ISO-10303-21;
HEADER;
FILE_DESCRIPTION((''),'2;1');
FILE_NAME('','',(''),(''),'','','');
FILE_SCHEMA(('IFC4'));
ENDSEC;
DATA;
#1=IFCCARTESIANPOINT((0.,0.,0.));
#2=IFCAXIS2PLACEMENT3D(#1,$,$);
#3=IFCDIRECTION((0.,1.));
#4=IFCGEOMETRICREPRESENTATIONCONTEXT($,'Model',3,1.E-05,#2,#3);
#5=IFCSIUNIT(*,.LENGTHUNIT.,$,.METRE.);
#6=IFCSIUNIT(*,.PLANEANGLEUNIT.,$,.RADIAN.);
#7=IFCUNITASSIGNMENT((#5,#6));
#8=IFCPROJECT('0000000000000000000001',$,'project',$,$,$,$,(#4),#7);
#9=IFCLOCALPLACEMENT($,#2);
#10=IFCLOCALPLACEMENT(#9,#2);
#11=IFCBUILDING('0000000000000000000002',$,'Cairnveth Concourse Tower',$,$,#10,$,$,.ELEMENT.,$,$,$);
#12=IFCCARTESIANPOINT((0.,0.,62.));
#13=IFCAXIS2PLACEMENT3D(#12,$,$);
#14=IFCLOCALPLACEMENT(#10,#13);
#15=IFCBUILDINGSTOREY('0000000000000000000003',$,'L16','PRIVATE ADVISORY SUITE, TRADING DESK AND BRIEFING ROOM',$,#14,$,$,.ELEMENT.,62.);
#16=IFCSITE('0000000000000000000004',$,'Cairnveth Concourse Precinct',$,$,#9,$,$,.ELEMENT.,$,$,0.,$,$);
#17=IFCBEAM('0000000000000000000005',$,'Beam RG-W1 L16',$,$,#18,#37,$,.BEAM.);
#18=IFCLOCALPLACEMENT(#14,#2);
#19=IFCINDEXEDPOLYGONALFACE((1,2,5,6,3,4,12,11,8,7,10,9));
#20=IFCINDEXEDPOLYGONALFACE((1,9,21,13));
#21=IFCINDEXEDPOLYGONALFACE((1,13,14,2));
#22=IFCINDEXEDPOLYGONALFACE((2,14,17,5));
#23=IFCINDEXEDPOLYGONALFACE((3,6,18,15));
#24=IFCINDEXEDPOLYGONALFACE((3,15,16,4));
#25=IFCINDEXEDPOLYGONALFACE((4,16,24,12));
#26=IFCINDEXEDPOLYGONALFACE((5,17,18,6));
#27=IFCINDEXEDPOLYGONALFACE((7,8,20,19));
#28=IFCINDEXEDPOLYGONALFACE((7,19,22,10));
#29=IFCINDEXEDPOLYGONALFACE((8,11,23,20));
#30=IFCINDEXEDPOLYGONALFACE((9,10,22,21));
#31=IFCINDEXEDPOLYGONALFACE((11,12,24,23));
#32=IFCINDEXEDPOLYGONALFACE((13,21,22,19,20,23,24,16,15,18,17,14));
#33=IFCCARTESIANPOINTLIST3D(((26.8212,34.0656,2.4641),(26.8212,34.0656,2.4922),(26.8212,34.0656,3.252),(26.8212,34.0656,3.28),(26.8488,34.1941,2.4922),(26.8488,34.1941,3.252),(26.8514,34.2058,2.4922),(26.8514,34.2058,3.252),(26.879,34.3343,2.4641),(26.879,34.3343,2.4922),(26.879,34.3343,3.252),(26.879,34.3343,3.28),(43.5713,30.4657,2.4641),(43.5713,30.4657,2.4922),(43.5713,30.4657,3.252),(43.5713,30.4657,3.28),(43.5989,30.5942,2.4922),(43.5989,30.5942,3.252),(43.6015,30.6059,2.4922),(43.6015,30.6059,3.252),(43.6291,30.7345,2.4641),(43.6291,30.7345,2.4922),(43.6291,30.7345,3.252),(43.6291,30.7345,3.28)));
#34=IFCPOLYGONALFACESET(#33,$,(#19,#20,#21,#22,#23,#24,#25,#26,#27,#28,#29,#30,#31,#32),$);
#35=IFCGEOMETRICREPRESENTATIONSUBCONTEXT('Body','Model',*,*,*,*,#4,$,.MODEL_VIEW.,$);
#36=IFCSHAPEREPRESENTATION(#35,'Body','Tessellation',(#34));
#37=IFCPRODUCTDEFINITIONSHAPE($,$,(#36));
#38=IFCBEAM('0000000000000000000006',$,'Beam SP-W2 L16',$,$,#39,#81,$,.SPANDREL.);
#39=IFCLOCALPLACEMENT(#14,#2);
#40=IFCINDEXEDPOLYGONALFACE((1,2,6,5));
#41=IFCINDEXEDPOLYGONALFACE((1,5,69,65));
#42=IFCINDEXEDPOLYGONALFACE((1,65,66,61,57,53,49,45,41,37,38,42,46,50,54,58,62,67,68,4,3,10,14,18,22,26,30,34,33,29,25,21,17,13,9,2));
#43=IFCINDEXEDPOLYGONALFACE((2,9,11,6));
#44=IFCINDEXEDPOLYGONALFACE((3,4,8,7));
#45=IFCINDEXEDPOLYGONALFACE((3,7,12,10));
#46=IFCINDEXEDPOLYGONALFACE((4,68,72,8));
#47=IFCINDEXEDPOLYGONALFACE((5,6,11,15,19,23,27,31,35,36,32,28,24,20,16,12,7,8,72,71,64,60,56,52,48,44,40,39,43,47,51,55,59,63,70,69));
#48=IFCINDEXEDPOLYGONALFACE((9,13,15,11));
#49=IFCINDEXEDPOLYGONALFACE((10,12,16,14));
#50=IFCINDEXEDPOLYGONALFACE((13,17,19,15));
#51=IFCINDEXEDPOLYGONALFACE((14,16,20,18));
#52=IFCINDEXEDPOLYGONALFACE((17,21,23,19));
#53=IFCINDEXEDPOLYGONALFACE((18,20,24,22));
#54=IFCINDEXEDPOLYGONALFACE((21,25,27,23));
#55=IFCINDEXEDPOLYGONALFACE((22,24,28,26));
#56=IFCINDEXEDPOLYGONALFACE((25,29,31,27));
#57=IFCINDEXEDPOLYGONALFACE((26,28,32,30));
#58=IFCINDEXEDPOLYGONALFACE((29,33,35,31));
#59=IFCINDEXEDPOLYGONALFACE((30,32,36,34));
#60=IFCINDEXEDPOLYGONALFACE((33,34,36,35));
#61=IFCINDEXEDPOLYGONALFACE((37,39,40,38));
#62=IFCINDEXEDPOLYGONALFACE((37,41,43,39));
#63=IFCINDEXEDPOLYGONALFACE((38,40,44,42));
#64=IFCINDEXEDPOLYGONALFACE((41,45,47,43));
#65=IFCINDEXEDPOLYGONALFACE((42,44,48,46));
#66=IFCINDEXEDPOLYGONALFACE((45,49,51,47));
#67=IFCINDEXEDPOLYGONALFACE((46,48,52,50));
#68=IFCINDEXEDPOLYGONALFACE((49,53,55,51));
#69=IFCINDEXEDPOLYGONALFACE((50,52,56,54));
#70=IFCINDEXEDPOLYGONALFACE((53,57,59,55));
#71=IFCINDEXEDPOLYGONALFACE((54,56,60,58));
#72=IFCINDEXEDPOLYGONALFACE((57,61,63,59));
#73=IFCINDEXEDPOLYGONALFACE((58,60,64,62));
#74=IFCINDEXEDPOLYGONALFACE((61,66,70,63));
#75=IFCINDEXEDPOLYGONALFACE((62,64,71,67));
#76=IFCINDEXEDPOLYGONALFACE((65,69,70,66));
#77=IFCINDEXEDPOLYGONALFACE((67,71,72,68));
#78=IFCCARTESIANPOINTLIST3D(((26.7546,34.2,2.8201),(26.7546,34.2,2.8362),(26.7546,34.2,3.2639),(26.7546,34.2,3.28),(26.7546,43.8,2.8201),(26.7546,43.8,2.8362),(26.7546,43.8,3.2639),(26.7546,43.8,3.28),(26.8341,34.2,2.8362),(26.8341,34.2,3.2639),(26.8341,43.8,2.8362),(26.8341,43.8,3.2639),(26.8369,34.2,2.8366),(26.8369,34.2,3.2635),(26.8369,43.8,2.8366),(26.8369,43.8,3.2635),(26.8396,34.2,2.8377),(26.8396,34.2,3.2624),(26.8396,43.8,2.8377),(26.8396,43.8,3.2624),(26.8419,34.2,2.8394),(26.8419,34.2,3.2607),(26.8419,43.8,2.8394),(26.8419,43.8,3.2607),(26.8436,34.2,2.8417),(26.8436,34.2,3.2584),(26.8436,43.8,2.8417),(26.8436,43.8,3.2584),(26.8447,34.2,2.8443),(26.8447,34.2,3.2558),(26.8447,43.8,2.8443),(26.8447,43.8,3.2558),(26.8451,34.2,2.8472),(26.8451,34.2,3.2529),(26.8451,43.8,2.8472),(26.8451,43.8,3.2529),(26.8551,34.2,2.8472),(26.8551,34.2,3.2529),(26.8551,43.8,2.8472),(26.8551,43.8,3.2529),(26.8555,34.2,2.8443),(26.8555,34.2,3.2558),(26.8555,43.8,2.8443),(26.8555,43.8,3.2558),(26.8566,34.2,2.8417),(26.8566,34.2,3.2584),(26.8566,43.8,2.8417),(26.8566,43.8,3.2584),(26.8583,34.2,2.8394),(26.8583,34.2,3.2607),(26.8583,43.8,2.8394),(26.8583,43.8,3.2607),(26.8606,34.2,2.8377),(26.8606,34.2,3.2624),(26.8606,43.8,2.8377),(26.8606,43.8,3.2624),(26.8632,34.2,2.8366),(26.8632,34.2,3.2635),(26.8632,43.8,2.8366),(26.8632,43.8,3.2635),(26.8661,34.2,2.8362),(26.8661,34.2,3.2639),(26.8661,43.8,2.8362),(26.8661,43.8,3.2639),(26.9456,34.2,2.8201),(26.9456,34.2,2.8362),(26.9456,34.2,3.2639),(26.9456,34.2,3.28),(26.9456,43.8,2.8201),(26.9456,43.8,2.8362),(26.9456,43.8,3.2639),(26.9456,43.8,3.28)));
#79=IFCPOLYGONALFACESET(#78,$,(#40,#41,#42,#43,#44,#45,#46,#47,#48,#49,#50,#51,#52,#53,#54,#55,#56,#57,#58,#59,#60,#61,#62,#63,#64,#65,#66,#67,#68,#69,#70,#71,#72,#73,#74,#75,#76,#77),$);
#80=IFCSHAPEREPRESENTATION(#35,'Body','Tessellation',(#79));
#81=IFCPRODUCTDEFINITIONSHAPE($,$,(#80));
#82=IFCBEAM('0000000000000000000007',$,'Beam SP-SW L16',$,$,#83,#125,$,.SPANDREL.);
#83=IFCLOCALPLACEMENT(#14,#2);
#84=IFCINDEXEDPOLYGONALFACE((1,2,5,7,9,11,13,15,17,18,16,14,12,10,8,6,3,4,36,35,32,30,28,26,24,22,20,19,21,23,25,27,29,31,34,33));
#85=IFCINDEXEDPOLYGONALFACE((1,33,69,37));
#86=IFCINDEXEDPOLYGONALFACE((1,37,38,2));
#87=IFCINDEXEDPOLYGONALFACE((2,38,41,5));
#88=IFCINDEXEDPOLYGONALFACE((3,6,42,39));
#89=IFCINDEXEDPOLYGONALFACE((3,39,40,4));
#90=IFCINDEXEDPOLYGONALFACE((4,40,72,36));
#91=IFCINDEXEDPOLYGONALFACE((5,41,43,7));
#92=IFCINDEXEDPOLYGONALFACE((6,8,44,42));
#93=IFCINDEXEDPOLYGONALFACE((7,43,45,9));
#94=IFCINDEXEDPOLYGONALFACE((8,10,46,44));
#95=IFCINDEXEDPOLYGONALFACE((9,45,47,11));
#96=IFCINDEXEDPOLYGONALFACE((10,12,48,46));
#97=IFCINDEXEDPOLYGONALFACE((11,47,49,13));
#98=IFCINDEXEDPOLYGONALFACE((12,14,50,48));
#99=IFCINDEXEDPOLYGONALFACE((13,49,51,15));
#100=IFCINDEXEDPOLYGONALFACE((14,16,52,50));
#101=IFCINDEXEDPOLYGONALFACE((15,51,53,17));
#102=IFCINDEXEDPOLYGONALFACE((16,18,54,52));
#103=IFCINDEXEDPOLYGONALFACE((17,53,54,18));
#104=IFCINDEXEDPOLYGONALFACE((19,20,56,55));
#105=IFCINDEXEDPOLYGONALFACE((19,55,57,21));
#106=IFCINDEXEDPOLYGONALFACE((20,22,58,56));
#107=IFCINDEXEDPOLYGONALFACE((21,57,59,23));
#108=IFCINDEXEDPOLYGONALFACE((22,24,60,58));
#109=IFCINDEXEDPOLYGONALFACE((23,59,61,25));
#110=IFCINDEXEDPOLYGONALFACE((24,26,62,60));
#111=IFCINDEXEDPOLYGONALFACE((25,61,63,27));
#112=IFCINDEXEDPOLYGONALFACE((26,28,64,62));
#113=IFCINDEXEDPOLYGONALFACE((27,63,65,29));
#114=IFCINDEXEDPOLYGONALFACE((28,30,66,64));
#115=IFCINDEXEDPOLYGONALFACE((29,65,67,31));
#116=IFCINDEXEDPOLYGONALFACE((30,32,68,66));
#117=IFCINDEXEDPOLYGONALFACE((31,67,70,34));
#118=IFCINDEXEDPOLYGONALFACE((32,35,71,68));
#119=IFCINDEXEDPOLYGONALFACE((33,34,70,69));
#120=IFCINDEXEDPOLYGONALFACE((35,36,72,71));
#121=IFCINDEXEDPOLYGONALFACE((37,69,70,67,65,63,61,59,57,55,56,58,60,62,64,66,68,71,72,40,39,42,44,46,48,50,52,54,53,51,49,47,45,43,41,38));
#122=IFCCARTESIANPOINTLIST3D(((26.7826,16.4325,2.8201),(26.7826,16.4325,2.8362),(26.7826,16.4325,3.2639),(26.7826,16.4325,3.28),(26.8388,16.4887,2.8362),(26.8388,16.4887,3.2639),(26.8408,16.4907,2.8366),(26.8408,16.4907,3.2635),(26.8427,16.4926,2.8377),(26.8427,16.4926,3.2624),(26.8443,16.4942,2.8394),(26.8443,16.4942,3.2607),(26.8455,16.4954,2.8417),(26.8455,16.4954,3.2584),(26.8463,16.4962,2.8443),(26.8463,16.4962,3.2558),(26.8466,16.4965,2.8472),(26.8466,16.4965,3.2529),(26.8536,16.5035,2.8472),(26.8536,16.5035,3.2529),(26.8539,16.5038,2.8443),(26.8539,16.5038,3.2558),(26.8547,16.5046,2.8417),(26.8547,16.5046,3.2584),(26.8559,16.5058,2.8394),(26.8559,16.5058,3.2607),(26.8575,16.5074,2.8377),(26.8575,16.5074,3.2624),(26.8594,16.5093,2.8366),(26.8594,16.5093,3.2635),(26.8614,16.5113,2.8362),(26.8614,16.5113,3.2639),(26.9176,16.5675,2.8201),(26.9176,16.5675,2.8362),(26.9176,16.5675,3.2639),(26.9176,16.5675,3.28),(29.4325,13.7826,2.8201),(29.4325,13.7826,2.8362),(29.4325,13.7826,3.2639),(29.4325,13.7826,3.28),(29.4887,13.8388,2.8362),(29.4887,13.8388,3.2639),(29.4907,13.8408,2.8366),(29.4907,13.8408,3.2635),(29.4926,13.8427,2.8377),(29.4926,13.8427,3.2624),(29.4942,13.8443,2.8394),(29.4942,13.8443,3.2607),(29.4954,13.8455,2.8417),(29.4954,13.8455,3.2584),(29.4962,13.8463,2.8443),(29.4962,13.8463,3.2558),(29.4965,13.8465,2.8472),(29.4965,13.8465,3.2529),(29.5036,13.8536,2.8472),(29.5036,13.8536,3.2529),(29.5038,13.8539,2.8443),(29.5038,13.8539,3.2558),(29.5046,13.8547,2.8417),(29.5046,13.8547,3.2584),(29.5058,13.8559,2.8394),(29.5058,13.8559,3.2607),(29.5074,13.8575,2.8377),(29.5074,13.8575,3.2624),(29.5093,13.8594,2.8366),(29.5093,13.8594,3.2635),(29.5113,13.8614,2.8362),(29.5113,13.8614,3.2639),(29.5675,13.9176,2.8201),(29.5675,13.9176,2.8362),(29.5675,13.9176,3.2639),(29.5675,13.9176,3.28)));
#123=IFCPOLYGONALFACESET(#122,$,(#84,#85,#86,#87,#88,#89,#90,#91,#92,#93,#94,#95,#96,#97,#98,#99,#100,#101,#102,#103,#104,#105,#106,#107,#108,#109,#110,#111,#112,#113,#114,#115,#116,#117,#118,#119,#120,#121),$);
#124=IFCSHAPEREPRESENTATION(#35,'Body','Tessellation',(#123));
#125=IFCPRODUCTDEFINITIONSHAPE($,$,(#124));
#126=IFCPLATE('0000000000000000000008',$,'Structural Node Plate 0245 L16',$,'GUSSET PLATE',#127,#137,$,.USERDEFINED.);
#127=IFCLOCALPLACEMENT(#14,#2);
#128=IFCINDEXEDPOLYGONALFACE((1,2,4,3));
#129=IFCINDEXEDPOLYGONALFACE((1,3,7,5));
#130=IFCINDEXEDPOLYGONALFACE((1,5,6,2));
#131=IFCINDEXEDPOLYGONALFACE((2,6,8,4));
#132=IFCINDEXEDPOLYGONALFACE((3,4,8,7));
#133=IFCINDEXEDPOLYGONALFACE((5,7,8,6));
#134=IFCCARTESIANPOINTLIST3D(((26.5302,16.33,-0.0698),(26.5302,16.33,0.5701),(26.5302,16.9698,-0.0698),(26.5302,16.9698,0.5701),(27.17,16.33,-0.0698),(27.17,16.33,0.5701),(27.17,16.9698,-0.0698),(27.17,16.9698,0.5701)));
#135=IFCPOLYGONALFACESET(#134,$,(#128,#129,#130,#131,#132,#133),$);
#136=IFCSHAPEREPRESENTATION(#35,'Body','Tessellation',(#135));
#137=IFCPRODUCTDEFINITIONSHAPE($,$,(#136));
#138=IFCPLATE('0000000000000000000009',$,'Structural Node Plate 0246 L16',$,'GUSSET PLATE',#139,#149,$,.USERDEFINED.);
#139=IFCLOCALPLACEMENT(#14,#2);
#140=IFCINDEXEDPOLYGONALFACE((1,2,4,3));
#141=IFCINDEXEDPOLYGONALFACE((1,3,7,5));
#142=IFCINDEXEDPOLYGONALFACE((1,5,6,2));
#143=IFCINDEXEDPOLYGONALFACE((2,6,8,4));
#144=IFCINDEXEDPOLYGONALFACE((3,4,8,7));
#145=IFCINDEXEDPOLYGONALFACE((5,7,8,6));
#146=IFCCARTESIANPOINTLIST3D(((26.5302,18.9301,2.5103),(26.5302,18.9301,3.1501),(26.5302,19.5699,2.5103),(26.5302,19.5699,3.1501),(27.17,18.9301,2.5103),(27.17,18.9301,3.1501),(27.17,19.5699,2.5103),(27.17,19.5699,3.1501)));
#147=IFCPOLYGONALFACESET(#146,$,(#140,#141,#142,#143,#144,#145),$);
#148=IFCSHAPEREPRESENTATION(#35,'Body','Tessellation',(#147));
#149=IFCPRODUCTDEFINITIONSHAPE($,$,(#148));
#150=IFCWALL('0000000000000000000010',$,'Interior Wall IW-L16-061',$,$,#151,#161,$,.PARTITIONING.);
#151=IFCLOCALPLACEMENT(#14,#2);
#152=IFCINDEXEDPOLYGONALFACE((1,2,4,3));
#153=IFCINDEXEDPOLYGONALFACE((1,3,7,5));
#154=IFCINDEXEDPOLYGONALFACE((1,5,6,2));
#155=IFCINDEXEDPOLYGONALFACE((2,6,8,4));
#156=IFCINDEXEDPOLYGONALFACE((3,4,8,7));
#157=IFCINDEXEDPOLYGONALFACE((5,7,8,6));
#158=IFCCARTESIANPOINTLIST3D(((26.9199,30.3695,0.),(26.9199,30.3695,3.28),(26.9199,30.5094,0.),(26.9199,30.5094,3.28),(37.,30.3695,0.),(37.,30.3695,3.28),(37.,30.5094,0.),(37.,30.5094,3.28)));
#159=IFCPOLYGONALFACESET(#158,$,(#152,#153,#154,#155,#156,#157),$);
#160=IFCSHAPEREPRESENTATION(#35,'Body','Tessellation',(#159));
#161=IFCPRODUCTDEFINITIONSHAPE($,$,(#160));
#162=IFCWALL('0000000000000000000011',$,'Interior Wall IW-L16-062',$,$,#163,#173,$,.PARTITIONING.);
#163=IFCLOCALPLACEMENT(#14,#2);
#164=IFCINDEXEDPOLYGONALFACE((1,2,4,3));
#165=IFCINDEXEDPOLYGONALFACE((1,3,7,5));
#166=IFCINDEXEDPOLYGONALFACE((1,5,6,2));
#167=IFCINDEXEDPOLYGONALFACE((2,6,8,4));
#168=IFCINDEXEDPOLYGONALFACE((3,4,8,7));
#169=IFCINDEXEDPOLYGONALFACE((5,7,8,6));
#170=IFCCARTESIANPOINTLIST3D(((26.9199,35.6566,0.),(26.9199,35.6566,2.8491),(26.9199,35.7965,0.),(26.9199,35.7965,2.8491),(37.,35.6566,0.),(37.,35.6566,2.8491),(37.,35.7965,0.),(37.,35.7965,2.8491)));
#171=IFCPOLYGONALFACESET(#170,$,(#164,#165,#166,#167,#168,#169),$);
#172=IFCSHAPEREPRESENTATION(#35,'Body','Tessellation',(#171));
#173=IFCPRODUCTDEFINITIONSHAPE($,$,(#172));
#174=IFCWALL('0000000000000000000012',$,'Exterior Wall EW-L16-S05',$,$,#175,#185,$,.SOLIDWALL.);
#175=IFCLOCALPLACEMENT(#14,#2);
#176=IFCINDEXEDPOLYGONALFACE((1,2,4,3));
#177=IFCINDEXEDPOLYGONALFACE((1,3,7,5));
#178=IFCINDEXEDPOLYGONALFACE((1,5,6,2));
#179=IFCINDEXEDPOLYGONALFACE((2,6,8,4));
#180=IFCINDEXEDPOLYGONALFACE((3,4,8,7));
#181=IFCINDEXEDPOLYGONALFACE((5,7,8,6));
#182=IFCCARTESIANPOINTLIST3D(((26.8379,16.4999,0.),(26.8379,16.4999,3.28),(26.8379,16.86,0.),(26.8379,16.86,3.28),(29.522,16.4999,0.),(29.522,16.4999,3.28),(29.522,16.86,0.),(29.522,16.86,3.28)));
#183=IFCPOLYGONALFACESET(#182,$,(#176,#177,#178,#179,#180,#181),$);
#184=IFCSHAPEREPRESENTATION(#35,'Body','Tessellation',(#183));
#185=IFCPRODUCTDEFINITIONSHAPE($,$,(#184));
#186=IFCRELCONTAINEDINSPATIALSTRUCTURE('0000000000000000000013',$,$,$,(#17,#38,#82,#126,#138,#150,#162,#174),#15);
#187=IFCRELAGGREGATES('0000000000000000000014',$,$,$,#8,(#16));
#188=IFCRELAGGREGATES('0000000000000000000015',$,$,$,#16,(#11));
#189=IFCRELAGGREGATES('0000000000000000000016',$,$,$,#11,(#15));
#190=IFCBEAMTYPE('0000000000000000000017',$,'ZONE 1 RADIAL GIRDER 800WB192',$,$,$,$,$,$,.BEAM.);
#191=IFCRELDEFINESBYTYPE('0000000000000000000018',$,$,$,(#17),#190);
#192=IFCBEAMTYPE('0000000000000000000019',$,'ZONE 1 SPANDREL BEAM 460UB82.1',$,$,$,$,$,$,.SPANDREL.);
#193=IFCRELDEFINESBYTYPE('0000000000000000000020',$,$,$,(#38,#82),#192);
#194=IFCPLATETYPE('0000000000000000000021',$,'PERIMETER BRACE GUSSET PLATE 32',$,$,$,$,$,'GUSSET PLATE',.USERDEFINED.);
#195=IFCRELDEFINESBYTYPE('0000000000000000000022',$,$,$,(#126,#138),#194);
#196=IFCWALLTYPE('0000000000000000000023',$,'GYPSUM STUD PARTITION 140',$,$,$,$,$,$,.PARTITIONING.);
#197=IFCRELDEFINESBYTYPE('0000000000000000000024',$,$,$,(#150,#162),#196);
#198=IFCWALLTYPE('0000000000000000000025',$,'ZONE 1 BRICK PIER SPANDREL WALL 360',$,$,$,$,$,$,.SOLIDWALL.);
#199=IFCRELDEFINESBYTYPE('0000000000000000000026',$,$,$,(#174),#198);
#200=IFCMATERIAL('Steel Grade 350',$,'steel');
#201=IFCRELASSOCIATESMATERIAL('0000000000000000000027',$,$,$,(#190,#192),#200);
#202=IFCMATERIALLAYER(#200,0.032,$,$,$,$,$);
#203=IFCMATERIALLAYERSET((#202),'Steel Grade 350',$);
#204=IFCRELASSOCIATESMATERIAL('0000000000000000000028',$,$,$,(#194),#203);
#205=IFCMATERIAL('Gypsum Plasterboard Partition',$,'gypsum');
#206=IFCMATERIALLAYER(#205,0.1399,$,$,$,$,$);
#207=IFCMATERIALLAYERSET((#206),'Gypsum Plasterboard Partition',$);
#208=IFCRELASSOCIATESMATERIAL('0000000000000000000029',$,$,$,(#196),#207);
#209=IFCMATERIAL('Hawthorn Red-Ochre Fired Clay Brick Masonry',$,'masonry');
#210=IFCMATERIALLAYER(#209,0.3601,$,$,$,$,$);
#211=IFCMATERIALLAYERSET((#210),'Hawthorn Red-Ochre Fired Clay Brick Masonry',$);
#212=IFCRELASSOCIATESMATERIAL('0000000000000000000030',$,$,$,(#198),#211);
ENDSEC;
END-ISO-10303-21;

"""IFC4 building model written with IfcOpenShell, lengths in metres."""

from ifc_helpers import new_model, si_unit, direction, frame, frame_2d, origin, origin_2d, place, context, subcontext, project, spatial, rectangle, i_section, extrude, material, layer, layer_set, material_profile, profile_set, type_object, element, save


model = new_model("IFC4")

# Units and contexts
model_context = context("Model", 3, precision=1e-05, world=origin(), true_north=direction((0.0, 1.0)))
body_context = subcontext(model_context, "Body", "Model", "MODEL_VIEW")
ifc_project = project(units=[si_unit("LENGTHUNIT", "METRE"), si_unit("PLANEANGLEUNIT", "RADIAN")], contexts=[model_context])

# Site, building, storey
site_placement = place(None, origin())
site = spatial("IfcSite", under=ifc_project, at=site_placement, Name="Cairnveth Concourse Precinct", CompositionType="ELEMENT", RefElevation=0.0)
building_placement = place(site_placement, origin())
building = spatial("IfcBuilding", under=site, at=building_placement, Name="Cairnveth Concourse Tower", CompositionType="ELEMENT")
storey_placement = place(building_placement, frame((0.0, 0.0, 62.0)))
storey = spatial("IfcBuildingStorey", under=building, at=storey_placement, Name="L16", Description="PRIVATE ADVISORY SUITE, TRADING DESK AND BRIEFING ROOM", CompositionType="ELEMENT", Elevation=62.0)

# Shared definitions
ifc_material_1 = material(Name="Steel Grade 350", Category="steel")

# Beams
ifc_material_profile_1 = material_profile(ifc_material_1, i_section(OverallWidth=0.2749, OverallDepth=0.8159, WebThickness=0.012, FlangeThickness=0.0281, at=origin_2d()), Name="800WB192")
ifc_profile_set_1 = profile_set([ifc_material_profile_1], Name="Steel Grade 350")
beam_type_1 = type_object("IfcBeamType", Name="ZONE 1 RADIAL GIRDER 800WB192", PredefinedType="BEAM", material=ifc_profile_set_1)
beam_1_placement = place(storey_placement, frame((26.8501, 34.2, 2.8721), z_axis=(0.977676, -0.210119, 0.0), x_axis=(0.210119, 0.977676, 0.0)))
element("IfcBeam", 1, at=beam_1_placement, inside=storey, type_object=beam_type_1, Name="Beam RG-W1 L16", PredefinedType="BEAM", context=body_context, shape_type="SweptSolid", body=[
    extrude(i_section(OverallWidth=0.2749, OverallDepth=0.8159, WebThickness=0.012, FlangeThickness=0.0281, at=origin_2d()), origin(), (0.0, 0.0, 1.0), 17.1326),
])
ifc_material_profile_2 = material_profile(ifc_material_1, i_section(OverallWidth=0.1909, OverallDepth=0.46, WebThickness=0.01, FlangeThickness=0.0161, FilletRadius=0.011, at=origin_2d()), Name="460UB82.1")
ifc_profile_set_2 = profile_set([ifc_material_profile_2], Name="Steel Grade 350")
beam_type_2 = type_object("IfcBeamType", Name="ZONE 1 SPANDREL BEAM 460UB82.1", PredefinedType="SPANDREL", material=ifc_profile_set_2)
beam_2_placement = place(storey_placement, frame((26.8501, 34.2, 3.05), z_axis=(0.0, 1.0, 0.0), x_axis=(-1.0, 0.0, 0.0)))
element("IfcBeam", 2, at=beam_2_placement, inside=storey, type_object=beam_type_2, Name="Beam SP-W2 L16", PredefinedType="SPANDREL", context=body_context, shape_type="SweptSolid", body=[
    extrude(i_section(OverallWidth=0.1909, OverallDepth=0.46, WebThickness=0.01, FlangeThickness=0.0161, FilletRadius=0.011, at=origin_2d()), origin(), (0.0, 0.0, 1.0), 9.6001),
])
beam_3_placement = place(storey_placement, frame((26.8501, 16.5, 3.05), z_axis=(0.707107, -0.707107, 0.0), x_axis=(0.707107, 0.707107, 0.0)))
element("IfcBeam", 3, at=beam_3_placement, inside=storey, type_object=beam_type_2, Name="Beam SP-SW L16", PredefinedType="SPANDREL", context=body_context, shape_type="SweptSolid", body=[
    extrude(i_section(OverallWidth=0.1909, OverallDepth=0.46, WebThickness=0.01, FlangeThickness=0.0161, FilletRadius=0.011, at=origin_2d()), origin(), (0.0, 0.0, 1.0), 3.7476),
])

# Plates
ifc_layer_1 = layer(ifc_material_1, 0.032)
ifc_layer_set_1 = layer_set([ifc_layer_1], Name="Steel Grade 350")
plate_type = type_object("IfcPlateType", Name="PERIMETER BRACE GUSSET PLATE 32", ElementType="GUSSET PLATE", PredefinedType="USERDEFINED", material=ifc_layer_set_1)
for number, where, z_axis, x_axis, name in (
    (4, (26.8501, 16.6499, -0.0698), (0.0, 0.0, 1.0), (1.0, 0.0, 0.0), "Structural Node Plate 0245 L16"),
    (5, (26.8501, 19.25, 2.5103), (0.0, 0.0, 1.0), (1.0, 0.0, 0.0), "Structural Node Plate 0246 L16"),
):
    element("IfcPlate", number, at=place(storey_placement, frame(where, z_axis=z_axis, x_axis=x_axis)), inside=storey, type_object=plate_type, Name=name, ObjectType="GUSSET PLATE", PredefinedType="USERDEFINED", context=body_context, shape_type="SweptSolid", body=[
        extrude(rectangle(XDim=0.6399, YDim=0.6399, at=origin_2d()), origin(), (0.0, 0.0, 1.0), 0.6399),
    ])

# Walls
ifc_material_2 = material(Name="Gypsum Plasterboard Partition", Category="gypsum")
ifc_layer_2 = layer(ifc_material_2, 0.1399)
ifc_layer_set_2 = layer_set([ifc_layer_2], Name="Gypsum Plasterboard Partition")
wall_type_1 = type_object("IfcWallType", Name="GYPSUM STUD PARTITION 140", PredefinedType="PARTITIONING", material=ifc_layer_set_2)
wall_1_placement = place(storey_placement, frame((26.9199, 30.4395, 0.0), z_axis=(0.0, 0.0, 1.0), x_axis=(1.0, 0.0, 0.0)))
element("IfcWall", 6, at=wall_1_placement, inside=storey, type_object=wall_type_1, Name="Interior Wall IW-L16-061", PredefinedType="PARTITIONING", context=body_context, shape_type="SweptSolid", body=[
    extrude(rectangle(XDim=10.0801, YDim=0.1399, at=frame_2d((5.04, 0.0))), origin(), (0.0, 0.0, 1.0), 3.28),
])
wall_2_placement = place(storey_placement, frame((26.9199, 35.7266, 0.0), z_axis=(0.0, 0.0, 1.0), x_axis=(1.0, 0.0, 0.0)))
element("IfcWall", 7, at=wall_2_placement, inside=storey, type_object=wall_type_1, Name="Interior Wall IW-L16-062", PredefinedType="PARTITIONING", context=body_context, shape_type="SweptSolid", body=[
    extrude(rectangle(XDim=10.0801, YDim=0.1399, at=frame_2d((5.04, 0.0))), origin(), (0.0, 0.0, 1.0), 2.8491),
])
ifc_material_3 = material(Name="Hawthorn Red-Ochre Fired Clay Brick Masonry", Category="masonry")
ifc_layer_3 = layer(ifc_material_3, 0.3601)
ifc_layer_set_3 = layer_set([ifc_layer_3], Name="Hawthorn Red-Ochre Fired Clay Brick Masonry")
wall_type_2 = type_object("IfcWallType", Name="ZONE 1 BRICK PIER SPANDREL WALL 360", PredefinedType="SOLIDWALL", material=ifc_layer_set_3)
wall_3_placement = place(storey_placement, frame((29.522, 16.6799, 0.0), z_axis=(0.0, 0.0, 1.0), x_axis=(-1.0, 0.0, 0.0)))
element("IfcWall", 8, at=wall_3_placement, inside=storey, type_object=wall_type_2, Name="Exterior Wall EW-L16-S05", PredefinedType="SOLIDWALL", context=body_context, shape_type="SweptSolid", body=[
    extrude(rectangle(XDim=2.6841, YDim=0.3601, at=frame_2d((1.342, 0.0))), origin(), (0.0, 0.0, 1.0), 3.28),
])

save(model, "model.ifc")
